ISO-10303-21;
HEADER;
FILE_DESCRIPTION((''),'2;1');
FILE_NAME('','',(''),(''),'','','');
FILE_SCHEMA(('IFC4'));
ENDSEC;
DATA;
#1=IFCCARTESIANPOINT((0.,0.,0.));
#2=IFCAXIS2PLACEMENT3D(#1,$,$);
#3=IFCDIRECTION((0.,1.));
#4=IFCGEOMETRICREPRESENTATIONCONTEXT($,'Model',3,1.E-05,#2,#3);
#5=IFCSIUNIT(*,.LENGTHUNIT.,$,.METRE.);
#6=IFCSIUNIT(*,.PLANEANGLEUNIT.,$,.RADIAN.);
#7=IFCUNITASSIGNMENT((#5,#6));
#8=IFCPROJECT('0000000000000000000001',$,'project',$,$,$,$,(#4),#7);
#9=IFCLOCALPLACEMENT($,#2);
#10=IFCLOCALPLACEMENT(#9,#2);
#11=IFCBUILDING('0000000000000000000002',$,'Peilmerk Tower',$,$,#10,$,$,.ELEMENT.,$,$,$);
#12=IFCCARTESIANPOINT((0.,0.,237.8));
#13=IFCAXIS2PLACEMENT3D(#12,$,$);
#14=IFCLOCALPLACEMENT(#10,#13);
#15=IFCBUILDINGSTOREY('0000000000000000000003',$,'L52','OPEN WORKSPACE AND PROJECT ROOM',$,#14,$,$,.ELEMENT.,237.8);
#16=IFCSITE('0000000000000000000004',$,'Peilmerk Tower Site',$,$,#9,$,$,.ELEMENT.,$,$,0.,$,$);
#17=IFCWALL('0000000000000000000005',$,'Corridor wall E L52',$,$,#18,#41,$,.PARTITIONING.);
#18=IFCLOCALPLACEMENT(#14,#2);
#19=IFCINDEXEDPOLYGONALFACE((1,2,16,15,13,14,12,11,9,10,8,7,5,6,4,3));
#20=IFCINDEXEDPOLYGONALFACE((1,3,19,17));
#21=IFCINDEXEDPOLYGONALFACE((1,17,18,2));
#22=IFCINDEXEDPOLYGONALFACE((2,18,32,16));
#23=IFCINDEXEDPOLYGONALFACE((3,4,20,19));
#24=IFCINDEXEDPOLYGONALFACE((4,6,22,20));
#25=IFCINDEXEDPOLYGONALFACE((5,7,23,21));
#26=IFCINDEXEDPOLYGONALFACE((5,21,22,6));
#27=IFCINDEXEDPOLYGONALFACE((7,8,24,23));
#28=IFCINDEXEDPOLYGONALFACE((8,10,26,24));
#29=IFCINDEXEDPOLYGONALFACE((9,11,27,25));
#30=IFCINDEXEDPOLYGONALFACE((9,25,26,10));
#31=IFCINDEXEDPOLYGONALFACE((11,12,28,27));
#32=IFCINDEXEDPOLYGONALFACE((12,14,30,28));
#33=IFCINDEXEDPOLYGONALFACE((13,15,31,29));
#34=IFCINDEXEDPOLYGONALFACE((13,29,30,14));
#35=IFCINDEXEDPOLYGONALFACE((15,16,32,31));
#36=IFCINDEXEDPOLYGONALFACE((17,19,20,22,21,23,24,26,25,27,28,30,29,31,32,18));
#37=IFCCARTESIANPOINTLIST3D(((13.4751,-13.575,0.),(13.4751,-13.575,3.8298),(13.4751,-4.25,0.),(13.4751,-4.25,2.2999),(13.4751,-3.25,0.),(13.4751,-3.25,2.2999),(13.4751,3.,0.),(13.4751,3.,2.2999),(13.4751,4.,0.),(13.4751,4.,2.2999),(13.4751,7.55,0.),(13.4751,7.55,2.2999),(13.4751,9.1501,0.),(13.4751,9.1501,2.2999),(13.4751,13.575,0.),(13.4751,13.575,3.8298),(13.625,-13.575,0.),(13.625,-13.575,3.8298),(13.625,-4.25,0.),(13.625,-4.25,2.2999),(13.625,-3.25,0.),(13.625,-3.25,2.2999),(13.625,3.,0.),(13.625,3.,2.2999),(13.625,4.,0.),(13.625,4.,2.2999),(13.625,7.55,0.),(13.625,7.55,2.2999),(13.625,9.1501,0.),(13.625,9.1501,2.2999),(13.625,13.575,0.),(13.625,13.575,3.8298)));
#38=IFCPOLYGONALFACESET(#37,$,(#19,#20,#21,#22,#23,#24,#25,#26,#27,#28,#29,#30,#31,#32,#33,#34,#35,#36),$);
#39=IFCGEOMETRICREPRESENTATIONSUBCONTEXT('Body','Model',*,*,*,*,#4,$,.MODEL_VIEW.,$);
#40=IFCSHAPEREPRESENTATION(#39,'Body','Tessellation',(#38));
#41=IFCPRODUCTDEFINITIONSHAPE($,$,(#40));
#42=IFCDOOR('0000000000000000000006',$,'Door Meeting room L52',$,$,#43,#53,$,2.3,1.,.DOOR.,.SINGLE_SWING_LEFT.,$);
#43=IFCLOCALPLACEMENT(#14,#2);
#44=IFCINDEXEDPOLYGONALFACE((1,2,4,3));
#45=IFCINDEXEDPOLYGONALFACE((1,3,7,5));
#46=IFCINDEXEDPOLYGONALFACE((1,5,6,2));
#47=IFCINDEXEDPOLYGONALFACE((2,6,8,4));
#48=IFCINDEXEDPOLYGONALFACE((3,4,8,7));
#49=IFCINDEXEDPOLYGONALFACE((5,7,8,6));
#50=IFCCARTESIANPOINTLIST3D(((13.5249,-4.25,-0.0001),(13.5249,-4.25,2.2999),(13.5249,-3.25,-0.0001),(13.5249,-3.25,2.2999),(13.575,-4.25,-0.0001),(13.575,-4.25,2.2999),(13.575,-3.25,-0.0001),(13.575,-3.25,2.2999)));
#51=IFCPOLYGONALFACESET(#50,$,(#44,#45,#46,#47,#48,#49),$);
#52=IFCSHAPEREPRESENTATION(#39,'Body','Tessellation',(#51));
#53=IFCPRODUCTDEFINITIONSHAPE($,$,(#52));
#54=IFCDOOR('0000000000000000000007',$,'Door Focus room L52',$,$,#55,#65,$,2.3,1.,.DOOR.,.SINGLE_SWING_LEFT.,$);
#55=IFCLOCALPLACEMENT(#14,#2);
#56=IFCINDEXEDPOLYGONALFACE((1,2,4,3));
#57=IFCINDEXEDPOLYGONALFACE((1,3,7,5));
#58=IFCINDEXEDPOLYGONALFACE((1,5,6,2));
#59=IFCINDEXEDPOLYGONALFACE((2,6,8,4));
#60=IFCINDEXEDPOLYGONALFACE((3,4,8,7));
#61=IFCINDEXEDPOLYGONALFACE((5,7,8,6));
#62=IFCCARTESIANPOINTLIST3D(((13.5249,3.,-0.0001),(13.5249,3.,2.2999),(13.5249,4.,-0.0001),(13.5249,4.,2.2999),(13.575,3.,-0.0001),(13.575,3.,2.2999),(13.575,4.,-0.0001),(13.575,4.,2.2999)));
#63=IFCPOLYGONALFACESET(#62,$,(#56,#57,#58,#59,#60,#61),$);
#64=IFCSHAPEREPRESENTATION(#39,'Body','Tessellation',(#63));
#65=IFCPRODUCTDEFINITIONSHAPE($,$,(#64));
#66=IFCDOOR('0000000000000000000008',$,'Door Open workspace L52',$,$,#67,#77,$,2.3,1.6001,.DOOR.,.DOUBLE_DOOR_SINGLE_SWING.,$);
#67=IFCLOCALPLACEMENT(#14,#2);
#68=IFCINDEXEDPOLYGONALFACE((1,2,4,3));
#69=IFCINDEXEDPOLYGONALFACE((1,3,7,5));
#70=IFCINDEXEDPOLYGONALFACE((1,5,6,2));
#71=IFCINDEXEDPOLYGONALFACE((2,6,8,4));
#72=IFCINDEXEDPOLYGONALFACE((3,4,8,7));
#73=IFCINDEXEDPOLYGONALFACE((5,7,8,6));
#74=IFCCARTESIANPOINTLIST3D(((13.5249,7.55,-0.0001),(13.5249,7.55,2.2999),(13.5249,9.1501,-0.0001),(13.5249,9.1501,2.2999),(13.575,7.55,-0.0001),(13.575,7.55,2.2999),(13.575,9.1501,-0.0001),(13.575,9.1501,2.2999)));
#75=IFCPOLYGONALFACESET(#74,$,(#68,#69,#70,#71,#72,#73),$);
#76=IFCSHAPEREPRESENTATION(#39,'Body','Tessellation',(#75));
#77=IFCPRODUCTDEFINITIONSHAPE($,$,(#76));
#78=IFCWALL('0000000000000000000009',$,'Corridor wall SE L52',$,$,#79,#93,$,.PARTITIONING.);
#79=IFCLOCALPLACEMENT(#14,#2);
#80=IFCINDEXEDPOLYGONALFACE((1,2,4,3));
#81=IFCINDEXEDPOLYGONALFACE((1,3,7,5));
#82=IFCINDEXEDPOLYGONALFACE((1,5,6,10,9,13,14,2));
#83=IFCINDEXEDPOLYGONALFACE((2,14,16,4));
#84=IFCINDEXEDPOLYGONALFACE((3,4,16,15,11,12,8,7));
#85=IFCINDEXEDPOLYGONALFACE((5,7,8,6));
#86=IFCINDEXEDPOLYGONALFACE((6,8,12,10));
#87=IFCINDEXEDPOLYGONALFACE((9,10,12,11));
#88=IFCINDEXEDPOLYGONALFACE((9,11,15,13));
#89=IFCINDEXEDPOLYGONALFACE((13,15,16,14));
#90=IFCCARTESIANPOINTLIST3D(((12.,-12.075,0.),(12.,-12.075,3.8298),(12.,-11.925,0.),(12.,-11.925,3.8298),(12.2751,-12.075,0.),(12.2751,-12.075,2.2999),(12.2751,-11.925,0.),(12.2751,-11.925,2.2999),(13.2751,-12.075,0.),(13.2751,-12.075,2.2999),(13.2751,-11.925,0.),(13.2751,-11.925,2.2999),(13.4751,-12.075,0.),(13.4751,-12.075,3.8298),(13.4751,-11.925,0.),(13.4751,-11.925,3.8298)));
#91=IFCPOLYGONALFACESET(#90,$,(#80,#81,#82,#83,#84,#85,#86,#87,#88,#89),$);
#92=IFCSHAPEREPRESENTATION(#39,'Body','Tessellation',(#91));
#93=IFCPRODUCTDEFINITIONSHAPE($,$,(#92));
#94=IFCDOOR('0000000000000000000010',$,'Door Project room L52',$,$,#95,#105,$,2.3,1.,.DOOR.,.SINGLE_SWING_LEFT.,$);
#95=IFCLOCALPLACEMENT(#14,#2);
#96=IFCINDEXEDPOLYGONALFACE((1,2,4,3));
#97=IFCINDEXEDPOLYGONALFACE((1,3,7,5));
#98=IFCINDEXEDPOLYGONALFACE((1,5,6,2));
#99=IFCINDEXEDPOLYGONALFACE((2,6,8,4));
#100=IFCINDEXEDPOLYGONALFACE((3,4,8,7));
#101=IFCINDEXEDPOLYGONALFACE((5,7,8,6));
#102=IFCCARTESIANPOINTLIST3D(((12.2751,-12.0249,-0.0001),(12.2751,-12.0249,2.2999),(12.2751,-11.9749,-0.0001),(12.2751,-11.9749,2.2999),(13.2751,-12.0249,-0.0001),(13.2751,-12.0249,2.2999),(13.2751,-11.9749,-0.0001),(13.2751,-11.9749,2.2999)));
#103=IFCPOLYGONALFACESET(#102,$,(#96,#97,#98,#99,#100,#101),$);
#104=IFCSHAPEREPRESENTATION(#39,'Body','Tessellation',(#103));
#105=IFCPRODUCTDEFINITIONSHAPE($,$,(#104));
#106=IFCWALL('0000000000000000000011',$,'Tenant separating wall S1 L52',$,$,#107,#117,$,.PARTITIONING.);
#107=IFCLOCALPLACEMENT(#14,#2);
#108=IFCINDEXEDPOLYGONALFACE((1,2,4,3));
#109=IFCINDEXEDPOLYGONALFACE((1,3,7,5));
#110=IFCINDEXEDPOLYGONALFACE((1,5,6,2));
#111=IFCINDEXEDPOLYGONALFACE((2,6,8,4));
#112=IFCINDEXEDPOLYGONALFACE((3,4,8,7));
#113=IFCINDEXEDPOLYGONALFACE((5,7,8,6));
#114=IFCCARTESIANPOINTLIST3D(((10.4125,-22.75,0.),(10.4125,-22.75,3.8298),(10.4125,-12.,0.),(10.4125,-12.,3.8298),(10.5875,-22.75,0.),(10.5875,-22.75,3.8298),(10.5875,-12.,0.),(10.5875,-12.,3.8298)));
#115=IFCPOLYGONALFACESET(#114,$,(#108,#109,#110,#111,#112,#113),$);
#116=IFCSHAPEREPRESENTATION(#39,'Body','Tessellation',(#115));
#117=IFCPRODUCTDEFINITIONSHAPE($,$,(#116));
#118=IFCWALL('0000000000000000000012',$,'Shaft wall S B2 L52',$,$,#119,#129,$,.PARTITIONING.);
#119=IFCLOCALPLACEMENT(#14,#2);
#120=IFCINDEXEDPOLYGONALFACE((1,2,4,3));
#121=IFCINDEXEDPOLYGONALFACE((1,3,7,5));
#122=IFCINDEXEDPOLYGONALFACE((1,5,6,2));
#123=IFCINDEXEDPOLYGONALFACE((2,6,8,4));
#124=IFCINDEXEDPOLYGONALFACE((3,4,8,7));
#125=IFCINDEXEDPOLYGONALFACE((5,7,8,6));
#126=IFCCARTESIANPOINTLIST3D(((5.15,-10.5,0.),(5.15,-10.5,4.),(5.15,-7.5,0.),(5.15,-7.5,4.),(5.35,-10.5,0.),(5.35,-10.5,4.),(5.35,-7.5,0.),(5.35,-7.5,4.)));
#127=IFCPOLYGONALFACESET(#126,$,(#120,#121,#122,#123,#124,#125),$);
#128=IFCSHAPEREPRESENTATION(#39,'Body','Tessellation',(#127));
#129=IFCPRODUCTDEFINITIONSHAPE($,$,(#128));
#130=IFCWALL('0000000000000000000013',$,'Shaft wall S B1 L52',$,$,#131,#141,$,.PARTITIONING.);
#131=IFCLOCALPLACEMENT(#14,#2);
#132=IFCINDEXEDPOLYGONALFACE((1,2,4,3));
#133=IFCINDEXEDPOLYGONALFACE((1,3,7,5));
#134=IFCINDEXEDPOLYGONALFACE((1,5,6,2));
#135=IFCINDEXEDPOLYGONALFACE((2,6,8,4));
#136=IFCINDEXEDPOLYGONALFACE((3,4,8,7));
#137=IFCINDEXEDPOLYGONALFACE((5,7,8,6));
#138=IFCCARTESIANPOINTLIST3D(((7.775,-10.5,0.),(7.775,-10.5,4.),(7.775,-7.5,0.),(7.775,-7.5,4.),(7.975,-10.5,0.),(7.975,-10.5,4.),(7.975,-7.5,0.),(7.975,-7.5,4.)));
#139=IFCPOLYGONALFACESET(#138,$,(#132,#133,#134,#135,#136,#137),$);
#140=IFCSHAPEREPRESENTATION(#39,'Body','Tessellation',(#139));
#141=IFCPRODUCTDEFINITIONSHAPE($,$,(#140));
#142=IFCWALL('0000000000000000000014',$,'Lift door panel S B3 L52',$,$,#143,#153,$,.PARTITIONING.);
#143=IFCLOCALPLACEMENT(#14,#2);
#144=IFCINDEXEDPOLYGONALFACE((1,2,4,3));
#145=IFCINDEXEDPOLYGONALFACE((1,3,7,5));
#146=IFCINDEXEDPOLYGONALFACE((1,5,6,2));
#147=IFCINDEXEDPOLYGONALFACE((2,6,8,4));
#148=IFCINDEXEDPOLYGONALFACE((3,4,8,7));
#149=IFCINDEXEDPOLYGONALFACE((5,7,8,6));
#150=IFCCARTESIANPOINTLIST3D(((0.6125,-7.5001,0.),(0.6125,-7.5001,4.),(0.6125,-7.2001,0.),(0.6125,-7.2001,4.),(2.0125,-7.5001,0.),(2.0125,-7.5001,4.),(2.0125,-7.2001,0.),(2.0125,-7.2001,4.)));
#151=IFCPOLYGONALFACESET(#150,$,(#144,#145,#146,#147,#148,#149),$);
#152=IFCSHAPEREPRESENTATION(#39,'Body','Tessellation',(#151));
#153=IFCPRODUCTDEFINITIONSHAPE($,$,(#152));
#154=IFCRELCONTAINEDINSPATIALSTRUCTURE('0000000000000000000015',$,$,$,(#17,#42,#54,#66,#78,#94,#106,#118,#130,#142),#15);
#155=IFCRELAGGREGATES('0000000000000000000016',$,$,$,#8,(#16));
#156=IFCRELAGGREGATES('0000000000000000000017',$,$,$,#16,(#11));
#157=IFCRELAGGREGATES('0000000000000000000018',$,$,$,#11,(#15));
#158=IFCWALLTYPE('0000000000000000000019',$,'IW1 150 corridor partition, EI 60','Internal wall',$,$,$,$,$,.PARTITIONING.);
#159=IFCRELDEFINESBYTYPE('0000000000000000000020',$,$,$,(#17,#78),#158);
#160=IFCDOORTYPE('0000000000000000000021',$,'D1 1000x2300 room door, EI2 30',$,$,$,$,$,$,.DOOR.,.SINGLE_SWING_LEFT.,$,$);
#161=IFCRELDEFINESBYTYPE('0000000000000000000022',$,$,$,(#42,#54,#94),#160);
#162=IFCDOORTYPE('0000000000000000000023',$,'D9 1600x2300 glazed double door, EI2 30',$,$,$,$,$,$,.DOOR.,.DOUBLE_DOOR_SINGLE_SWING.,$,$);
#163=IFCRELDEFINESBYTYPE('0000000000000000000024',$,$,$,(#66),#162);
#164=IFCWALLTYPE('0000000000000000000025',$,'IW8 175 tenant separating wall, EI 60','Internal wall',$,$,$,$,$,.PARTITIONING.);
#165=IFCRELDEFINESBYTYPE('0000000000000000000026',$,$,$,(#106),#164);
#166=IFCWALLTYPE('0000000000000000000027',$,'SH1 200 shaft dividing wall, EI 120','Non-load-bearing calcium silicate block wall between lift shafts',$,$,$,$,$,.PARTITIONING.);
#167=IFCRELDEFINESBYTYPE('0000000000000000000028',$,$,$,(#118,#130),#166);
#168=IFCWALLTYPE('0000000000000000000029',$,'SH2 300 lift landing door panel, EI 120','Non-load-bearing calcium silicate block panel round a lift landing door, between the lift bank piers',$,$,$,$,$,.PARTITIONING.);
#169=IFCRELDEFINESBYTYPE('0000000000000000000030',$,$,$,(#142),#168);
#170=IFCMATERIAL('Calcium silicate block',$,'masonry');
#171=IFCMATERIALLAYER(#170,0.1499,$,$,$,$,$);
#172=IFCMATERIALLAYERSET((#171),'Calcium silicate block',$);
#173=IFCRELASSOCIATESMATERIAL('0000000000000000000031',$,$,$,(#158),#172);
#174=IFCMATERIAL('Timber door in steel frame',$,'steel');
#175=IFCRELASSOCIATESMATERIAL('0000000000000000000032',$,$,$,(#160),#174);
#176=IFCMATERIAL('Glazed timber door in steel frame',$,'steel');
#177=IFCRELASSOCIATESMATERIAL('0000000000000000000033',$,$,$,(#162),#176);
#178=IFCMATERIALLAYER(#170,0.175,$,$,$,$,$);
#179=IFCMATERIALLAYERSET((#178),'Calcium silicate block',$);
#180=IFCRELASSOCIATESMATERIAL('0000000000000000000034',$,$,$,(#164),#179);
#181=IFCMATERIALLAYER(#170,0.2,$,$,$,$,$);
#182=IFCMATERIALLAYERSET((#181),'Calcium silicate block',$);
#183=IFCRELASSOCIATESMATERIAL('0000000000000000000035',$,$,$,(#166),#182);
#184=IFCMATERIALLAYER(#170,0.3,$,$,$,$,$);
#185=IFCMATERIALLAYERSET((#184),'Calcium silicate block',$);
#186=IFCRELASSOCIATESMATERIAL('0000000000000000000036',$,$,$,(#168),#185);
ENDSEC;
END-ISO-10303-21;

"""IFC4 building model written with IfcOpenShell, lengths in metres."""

from ifc_helpers import new_model, si_unit, direction, frame, frame_2d, origin, place, context, subcontext, project, spatial, rectangle, extrude, material, layer, layer_set, type_object, element, fill, save


model = new_model("IFC4")

# Units and contexts
model_context = context("Model", 3, precision=1e-05, world=origin(), true_north=direction((0.0, 1.0)))
body_context = subcontext(model_context, "Body", "Model", "MODEL_VIEW")
ifc_project = project(units=[si_unit("LENGTHUNIT", "METRE"), si_unit("PLANEANGLEUNIT", "RADIAN")], contexts=[model_context])

# Site, building, storey
site_placement = place(None, origin())
site = spatial("IfcSite", under=ifc_project, at=site_placement, Name="Peilmerk Tower Site", CompositionType="ELEMENT", RefElevation=0.0)
building_placement = place(site_placement, origin())
building = spatial("IfcBuilding", under=site, at=building_placement, Name="Peilmerk Tower", CompositionType="ELEMENT")
storey_placement = place(building_placement, frame((0.0, 0.0, 237.8)))
storey = spatial("IfcBuildingStorey", under=building, at=storey_placement, Name="L52", Description="OPEN WORKSPACE AND PROJECT ROOM", CompositionType="ELEMENT", Elevation=237.8)

# Wall, openings, doors
ifc_material_1 = material(Name="Calcium silicate block", Category="masonry")
ifc_layer_1 = layer(ifc_material_1, 0.1499)
ifc_layer_set_1 = layer_set([ifc_layer_1], Name="Calcium silicate block")
wall_type_1 = type_object("IfcWallType", Name="IW1 150 corridor partition, EI 60", Description="Internal wall", PredefinedType="PARTITIONING", material=ifc_layer_set_1)
wall_1_placement = place(storey_placement, frame((13.55, -13.575, 0.0), z_axis=(0.0, 0.0, 1.0), x_axis=(0.0, 1.0, 0.0)))
wall_1 = element("IfcWall", 1, at=wall_1_placement, inside=storey, type_object=wall_type_1, Name="Corridor wall E L52", PredefinedType="PARTITIONING", context=body_context, shape_type="SweptSolid", body=[
    extrude(rectangle(XDim=27.1499, YDim=0.1499, at=frame_2d((13.575, 0.0))), origin(), (0.0, 0.0, 1.0), 3.8298),
])
opening_1_placement = place(wall_1_placement, frame((21.125, 0.0, 0.0)))
opening_1 = element("IfcOpeningElement", 2, at=opening_1_placement, cuts=wall_1, PredefinedType="OPENING", context=body_context, shape_type="SweptSolid", body=[
    extrude(rectangle(XDim=1.6001, YDim=2.3, at=frame_2d((0.8, 1.1499))), frame((0.0, 0.085, 0.0), z_axis=(0.0, -1.0, 0.0), x_axis=(1.0, 0.0, 0.0)), (0.0, 0.0, 1.0), 0.1699),
])
opening_2_placement = place(wall_1_placement, frame((9.325, 0.0, 0.0)))
opening_2 = element("IfcOpeningElement", 3, at=opening_2_placement, cuts=wall_1, PredefinedType="OPENING", context=body_context, shape_type="SweptSolid", body=[
    extrude(rectangle(XDim=1.0, YDim=2.3, at=frame_2d((0.5, 1.1499))), frame((0.0, 0.085, 0.0), z_axis=(0.0, -1.0, 0.0), x_axis=(1.0, 0.0, 0.0)), (0.0, 0.0, 1.0), 0.1699),
])
opening_3_placement = place(wall_1_placement, frame((16.575, 0.0, 0.0)))
opening_3 = element("IfcOpeningElement", 4, at=opening_3_placement, cuts=wall_1, PredefinedType="OPENING", context=body_context, shape_type="SweptSolid", body=[
    extrude(rectangle(XDim=1.0, YDim=2.3, at=frame_2d((0.5, 1.1499))), frame((0.0, 0.085, 0.0), z_axis=(0.0, -1.0, 0.0), x_axis=(1.0, 0.0, 0.0)), (0.0, 0.0, 1.0), 0.1699),
])
ifc_material_2 = material(Name="Timber door in steel frame", Category="steel")
door_type_1 = type_object("IfcDoorType", Name="D1 1000x2300 room door, EI2 30", OperationType="SINGLE_SWING_LEFT", PredefinedType="DOOR", material=ifc_material_2)
door_1_placement = place(opening_2_placement, frame((1.0, 0.0, 0.0), z_axis=(0.0, 0.0, 1.0), x_axis=(-1.0, 0.0, 0.0)))
door_1 = element("IfcDoor", 5, at=door_1_placement, inside=storey, type_object=door_type_1, Name="Door Meeting room L52", OperationType="SINGLE_SWING_LEFT", OverallHeight=2.3, OverallWidth=1.0, PredefinedType="DOOR", context=body_context, shape_type="SweptSolid", body=[
    extrude(rectangle(XDim=1.0, YDim=2.3, at=frame_2d((0.5, 1.1499))), frame((0.0, 0.0249, 0.0), z_axis=(0.0, -1.0, 0.0), x_axis=(1.0, 0.0, 0.0)), (0.0, 0.0, 1.0), 0.05),
])
fill(opening_2, door_1)
door_2_placement = place(opening_3_placement, frame((1.0, 0.0, 0.0), z_axis=(0.0, 0.0, 1.0), x_axis=(-1.0, 0.0, 0.0)))
door_2 = element("IfcDoor", 6, at=door_2_placement, inside=storey, type_object=door_type_1, Name="Door Focus room L52", OperationType="SINGLE_SWING_LEFT", OverallHeight=2.3, OverallWidth=1.0, PredefinedType="DOOR", context=body_context, shape_type="SweptSolid", body=[
    extrude(rectangle(XDim=1.0, YDim=2.3, at=frame_2d((0.5, 1.1499))), frame((0.0, 0.0249, 0.0), z_axis=(0.0, -1.0, 0.0), x_axis=(1.0, 0.0, 0.0)), (0.0, 0.0, 1.0), 0.05),
])
fill(opening_3, door_2)
ifc_material_3 = material(Name="Glazed timber door in steel frame", Category="steel")
door_type_2 = type_object("IfcDoorType", Name="D9 1600x2300 glazed double door, EI2 30", OperationType="DOUBLE_DOOR_SINGLE_SWING", PredefinedType="DOOR", material=ifc_material_3)
door_3_placement = place(opening_1_placement, frame((1.6001, 0.0, 0.0), z_axis=(0.0, 0.0, 1.0), x_axis=(-1.0, 0.0, 0.0)))
door_3 = element("IfcDoor", 7, at=door_3_placement, inside=storey, type_object=door_type_2, Name="Door Open workspace L52", OperationType="DOUBLE_DOOR_SINGLE_SWING", OverallHeight=2.3, OverallWidth=1.6001, PredefinedType="DOOR", context=body_context, shape_type="SweptSolid", body=[
    extrude(rectangle(XDim=1.6001, YDim=2.3, at=frame_2d((0.8, 1.1499))), frame((0.0, 0.0249, 0.0), z_axis=(0.0, -1.0, 0.0), x_axis=(1.0, 0.0, 0.0)), (0.0, 0.0, 1.0), 0.05),
])
fill(opening_1, door_3)

# Wall, opening, door
wall_2_placement = place(storey_placement, frame((13.4751, -12.0, 0.0), z_axis=(0.0, 0.0, 1.0), x_axis=(-1.0, 0.0, 0.0)))
wall_2 = element("IfcWall", 8, at=wall_2_placement, inside=storey, type_object=wall_type_1, Name="Corridor wall SE L52", PredefinedType="PARTITIONING", context=body_context, shape_type="SweptSolid", body=[
    extrude(rectangle(XDim=1.4751, YDim=0.1499, at=frame_2d((0.7375, 0.0))), origin(), (0.0, 0.0, 1.0), 3.8298),
])
opening_4_placement = place(wall_2_placement, frame((0.2, 0.0, 0.0)))
opening_4 = element("IfcOpeningElement", 9, at=opening_4_placement, cuts=wall_2, PredefinedType="OPENING", context=body_context, shape_type="SweptSolid", body=[
    extrude(rectangle(XDim=1.0, YDim=2.3, at=frame_2d((0.5, 1.1499))), frame((0.0, 0.085, 0.0), z_axis=(0.0, -1.0, 0.0), x_axis=(1.0, 0.0, 0.0)), (0.0, 0.0, 1.0), 0.1699),
])
door_4_placement = place(opening_4_placement, origin())
door_4 = element("IfcDoor", 10, at=door_4_placement, inside=storey, type_object=door_type_1, Name="Door Project room L52", OperationType="SINGLE_SWING_LEFT", OverallHeight=2.3, OverallWidth=1.0, PredefinedType="DOOR", context=body_context, shape_type="SweptSolid", body=[
    extrude(rectangle(XDim=1.0, YDim=2.3, at=frame_2d((0.5, 1.1499))), frame((0.0, 0.0249, 0.0), z_axis=(0.0, -1.0, 0.0), x_axis=(1.0, 0.0, 0.0)), (0.0, 0.0, 1.0), 0.05),
])
fill(opening_4, door_4)

# Walls
ifc_layer_2 = layer(ifc_material_1, 0.175)
ifc_layer_set_2 = layer_set([ifc_layer_2], Name="Calcium silicate block")
wall_type_2 = type_object("IfcWallType", Name="IW8 175 tenant separating wall, EI 60", Description="Internal wall", PredefinedType="PARTITIONING", material=ifc_layer_set_2)
wall_3_placement = place(storey_placement, frame((10.5, -12.0, 0.0), z_axis=(0.0, 0.0, 1.0), x_axis=(0.0, -1.0, 0.0)))
element("IfcWall", 11, at=wall_3_placement, inside=storey, type_object=wall_type_2, Name="Tenant separating wall S1 L52", PredefinedType="PARTITIONING", context=body_context, shape_type="SweptSolid", body=[
    extrude(rectangle(XDim=10.75, YDim=0.175, at=frame_2d((5.375, 0.0))), origin(), (0.0, 0.0, 1.0), 3.8298),
])
ifc_layer_3 = layer(ifc_material_1, 0.2)
ifc_layer_set_3 = layer_set([ifc_layer_3], Name="Calcium silicate block")
wall_type_3 = type_object("IfcWallType", Name="SH1 200 shaft dividing wall, EI 120", Description="Non-load-bearing calcium silicate block wall between lift shafts", PredefinedType="PARTITIONING", material=ifc_layer_set_3)
for number, where, z_axis, x_axis, name in (
    (12, (5.25, -10.5, 0.0), (0.0, 0.0, 1.0), (0.0, 1.0, 0.0), "Shaft wall S B2 L52"),
    (13, (7.875, -10.5, 0.0), (0.0, 0.0, 1.0), (0.0, 1.0, 0.0), "Shaft wall S B1 L52"),
):
    element("IfcWall", number, at=place(storey_placement, frame(where, z_axis=z_axis, x_axis=x_axis)), inside=storey, type_object=wall_type_3, Name=name, PredefinedType="PARTITIONING", context=body_context, shape_type="SweptSolid", body=[
        extrude(rectangle(XDim=3.0, YDim=0.2, at=frame_2d((1.5, 0.0))), origin(), (0.0, 0.0, 1.0), 4.0),
    ])
ifc_layer_4 = layer(ifc_material_1, 0.3)
ifc_layer_set_4 = layer_set([ifc_layer_4], Name="Calcium silicate block")
wall_type_4 = type_object("IfcWallType", Name="SH2 300 lift landing door panel, EI 120", Description="Non-load-bearing calcium silicate block panel round a lift landing door, between the lift bank piers", PredefinedType="PARTITIONING", material=ifc_layer_set_4)
wall_4_placement = place(storey_placement, frame((0.6125, -7.3501, 0.0), z_axis=(0.0, 0.0, 1.0), x_axis=(1.0, 0.0, 0.0)))
element("IfcWall", 14, at=wall_4_placement, inside=storey, type_object=wall_type_4, Name="Lift door panel S B3 L52", PredefinedType="PARTITIONING", context=body_context, shape_type="SweptSolid", body=[
    extrude(rectangle(XDim=1.3999, YDim=0.3, at=frame_2d((0.7, 0.0))), origin(), (0.0, 0.0, 1.0), 4.0),
])

save(model, "model.ifc")
